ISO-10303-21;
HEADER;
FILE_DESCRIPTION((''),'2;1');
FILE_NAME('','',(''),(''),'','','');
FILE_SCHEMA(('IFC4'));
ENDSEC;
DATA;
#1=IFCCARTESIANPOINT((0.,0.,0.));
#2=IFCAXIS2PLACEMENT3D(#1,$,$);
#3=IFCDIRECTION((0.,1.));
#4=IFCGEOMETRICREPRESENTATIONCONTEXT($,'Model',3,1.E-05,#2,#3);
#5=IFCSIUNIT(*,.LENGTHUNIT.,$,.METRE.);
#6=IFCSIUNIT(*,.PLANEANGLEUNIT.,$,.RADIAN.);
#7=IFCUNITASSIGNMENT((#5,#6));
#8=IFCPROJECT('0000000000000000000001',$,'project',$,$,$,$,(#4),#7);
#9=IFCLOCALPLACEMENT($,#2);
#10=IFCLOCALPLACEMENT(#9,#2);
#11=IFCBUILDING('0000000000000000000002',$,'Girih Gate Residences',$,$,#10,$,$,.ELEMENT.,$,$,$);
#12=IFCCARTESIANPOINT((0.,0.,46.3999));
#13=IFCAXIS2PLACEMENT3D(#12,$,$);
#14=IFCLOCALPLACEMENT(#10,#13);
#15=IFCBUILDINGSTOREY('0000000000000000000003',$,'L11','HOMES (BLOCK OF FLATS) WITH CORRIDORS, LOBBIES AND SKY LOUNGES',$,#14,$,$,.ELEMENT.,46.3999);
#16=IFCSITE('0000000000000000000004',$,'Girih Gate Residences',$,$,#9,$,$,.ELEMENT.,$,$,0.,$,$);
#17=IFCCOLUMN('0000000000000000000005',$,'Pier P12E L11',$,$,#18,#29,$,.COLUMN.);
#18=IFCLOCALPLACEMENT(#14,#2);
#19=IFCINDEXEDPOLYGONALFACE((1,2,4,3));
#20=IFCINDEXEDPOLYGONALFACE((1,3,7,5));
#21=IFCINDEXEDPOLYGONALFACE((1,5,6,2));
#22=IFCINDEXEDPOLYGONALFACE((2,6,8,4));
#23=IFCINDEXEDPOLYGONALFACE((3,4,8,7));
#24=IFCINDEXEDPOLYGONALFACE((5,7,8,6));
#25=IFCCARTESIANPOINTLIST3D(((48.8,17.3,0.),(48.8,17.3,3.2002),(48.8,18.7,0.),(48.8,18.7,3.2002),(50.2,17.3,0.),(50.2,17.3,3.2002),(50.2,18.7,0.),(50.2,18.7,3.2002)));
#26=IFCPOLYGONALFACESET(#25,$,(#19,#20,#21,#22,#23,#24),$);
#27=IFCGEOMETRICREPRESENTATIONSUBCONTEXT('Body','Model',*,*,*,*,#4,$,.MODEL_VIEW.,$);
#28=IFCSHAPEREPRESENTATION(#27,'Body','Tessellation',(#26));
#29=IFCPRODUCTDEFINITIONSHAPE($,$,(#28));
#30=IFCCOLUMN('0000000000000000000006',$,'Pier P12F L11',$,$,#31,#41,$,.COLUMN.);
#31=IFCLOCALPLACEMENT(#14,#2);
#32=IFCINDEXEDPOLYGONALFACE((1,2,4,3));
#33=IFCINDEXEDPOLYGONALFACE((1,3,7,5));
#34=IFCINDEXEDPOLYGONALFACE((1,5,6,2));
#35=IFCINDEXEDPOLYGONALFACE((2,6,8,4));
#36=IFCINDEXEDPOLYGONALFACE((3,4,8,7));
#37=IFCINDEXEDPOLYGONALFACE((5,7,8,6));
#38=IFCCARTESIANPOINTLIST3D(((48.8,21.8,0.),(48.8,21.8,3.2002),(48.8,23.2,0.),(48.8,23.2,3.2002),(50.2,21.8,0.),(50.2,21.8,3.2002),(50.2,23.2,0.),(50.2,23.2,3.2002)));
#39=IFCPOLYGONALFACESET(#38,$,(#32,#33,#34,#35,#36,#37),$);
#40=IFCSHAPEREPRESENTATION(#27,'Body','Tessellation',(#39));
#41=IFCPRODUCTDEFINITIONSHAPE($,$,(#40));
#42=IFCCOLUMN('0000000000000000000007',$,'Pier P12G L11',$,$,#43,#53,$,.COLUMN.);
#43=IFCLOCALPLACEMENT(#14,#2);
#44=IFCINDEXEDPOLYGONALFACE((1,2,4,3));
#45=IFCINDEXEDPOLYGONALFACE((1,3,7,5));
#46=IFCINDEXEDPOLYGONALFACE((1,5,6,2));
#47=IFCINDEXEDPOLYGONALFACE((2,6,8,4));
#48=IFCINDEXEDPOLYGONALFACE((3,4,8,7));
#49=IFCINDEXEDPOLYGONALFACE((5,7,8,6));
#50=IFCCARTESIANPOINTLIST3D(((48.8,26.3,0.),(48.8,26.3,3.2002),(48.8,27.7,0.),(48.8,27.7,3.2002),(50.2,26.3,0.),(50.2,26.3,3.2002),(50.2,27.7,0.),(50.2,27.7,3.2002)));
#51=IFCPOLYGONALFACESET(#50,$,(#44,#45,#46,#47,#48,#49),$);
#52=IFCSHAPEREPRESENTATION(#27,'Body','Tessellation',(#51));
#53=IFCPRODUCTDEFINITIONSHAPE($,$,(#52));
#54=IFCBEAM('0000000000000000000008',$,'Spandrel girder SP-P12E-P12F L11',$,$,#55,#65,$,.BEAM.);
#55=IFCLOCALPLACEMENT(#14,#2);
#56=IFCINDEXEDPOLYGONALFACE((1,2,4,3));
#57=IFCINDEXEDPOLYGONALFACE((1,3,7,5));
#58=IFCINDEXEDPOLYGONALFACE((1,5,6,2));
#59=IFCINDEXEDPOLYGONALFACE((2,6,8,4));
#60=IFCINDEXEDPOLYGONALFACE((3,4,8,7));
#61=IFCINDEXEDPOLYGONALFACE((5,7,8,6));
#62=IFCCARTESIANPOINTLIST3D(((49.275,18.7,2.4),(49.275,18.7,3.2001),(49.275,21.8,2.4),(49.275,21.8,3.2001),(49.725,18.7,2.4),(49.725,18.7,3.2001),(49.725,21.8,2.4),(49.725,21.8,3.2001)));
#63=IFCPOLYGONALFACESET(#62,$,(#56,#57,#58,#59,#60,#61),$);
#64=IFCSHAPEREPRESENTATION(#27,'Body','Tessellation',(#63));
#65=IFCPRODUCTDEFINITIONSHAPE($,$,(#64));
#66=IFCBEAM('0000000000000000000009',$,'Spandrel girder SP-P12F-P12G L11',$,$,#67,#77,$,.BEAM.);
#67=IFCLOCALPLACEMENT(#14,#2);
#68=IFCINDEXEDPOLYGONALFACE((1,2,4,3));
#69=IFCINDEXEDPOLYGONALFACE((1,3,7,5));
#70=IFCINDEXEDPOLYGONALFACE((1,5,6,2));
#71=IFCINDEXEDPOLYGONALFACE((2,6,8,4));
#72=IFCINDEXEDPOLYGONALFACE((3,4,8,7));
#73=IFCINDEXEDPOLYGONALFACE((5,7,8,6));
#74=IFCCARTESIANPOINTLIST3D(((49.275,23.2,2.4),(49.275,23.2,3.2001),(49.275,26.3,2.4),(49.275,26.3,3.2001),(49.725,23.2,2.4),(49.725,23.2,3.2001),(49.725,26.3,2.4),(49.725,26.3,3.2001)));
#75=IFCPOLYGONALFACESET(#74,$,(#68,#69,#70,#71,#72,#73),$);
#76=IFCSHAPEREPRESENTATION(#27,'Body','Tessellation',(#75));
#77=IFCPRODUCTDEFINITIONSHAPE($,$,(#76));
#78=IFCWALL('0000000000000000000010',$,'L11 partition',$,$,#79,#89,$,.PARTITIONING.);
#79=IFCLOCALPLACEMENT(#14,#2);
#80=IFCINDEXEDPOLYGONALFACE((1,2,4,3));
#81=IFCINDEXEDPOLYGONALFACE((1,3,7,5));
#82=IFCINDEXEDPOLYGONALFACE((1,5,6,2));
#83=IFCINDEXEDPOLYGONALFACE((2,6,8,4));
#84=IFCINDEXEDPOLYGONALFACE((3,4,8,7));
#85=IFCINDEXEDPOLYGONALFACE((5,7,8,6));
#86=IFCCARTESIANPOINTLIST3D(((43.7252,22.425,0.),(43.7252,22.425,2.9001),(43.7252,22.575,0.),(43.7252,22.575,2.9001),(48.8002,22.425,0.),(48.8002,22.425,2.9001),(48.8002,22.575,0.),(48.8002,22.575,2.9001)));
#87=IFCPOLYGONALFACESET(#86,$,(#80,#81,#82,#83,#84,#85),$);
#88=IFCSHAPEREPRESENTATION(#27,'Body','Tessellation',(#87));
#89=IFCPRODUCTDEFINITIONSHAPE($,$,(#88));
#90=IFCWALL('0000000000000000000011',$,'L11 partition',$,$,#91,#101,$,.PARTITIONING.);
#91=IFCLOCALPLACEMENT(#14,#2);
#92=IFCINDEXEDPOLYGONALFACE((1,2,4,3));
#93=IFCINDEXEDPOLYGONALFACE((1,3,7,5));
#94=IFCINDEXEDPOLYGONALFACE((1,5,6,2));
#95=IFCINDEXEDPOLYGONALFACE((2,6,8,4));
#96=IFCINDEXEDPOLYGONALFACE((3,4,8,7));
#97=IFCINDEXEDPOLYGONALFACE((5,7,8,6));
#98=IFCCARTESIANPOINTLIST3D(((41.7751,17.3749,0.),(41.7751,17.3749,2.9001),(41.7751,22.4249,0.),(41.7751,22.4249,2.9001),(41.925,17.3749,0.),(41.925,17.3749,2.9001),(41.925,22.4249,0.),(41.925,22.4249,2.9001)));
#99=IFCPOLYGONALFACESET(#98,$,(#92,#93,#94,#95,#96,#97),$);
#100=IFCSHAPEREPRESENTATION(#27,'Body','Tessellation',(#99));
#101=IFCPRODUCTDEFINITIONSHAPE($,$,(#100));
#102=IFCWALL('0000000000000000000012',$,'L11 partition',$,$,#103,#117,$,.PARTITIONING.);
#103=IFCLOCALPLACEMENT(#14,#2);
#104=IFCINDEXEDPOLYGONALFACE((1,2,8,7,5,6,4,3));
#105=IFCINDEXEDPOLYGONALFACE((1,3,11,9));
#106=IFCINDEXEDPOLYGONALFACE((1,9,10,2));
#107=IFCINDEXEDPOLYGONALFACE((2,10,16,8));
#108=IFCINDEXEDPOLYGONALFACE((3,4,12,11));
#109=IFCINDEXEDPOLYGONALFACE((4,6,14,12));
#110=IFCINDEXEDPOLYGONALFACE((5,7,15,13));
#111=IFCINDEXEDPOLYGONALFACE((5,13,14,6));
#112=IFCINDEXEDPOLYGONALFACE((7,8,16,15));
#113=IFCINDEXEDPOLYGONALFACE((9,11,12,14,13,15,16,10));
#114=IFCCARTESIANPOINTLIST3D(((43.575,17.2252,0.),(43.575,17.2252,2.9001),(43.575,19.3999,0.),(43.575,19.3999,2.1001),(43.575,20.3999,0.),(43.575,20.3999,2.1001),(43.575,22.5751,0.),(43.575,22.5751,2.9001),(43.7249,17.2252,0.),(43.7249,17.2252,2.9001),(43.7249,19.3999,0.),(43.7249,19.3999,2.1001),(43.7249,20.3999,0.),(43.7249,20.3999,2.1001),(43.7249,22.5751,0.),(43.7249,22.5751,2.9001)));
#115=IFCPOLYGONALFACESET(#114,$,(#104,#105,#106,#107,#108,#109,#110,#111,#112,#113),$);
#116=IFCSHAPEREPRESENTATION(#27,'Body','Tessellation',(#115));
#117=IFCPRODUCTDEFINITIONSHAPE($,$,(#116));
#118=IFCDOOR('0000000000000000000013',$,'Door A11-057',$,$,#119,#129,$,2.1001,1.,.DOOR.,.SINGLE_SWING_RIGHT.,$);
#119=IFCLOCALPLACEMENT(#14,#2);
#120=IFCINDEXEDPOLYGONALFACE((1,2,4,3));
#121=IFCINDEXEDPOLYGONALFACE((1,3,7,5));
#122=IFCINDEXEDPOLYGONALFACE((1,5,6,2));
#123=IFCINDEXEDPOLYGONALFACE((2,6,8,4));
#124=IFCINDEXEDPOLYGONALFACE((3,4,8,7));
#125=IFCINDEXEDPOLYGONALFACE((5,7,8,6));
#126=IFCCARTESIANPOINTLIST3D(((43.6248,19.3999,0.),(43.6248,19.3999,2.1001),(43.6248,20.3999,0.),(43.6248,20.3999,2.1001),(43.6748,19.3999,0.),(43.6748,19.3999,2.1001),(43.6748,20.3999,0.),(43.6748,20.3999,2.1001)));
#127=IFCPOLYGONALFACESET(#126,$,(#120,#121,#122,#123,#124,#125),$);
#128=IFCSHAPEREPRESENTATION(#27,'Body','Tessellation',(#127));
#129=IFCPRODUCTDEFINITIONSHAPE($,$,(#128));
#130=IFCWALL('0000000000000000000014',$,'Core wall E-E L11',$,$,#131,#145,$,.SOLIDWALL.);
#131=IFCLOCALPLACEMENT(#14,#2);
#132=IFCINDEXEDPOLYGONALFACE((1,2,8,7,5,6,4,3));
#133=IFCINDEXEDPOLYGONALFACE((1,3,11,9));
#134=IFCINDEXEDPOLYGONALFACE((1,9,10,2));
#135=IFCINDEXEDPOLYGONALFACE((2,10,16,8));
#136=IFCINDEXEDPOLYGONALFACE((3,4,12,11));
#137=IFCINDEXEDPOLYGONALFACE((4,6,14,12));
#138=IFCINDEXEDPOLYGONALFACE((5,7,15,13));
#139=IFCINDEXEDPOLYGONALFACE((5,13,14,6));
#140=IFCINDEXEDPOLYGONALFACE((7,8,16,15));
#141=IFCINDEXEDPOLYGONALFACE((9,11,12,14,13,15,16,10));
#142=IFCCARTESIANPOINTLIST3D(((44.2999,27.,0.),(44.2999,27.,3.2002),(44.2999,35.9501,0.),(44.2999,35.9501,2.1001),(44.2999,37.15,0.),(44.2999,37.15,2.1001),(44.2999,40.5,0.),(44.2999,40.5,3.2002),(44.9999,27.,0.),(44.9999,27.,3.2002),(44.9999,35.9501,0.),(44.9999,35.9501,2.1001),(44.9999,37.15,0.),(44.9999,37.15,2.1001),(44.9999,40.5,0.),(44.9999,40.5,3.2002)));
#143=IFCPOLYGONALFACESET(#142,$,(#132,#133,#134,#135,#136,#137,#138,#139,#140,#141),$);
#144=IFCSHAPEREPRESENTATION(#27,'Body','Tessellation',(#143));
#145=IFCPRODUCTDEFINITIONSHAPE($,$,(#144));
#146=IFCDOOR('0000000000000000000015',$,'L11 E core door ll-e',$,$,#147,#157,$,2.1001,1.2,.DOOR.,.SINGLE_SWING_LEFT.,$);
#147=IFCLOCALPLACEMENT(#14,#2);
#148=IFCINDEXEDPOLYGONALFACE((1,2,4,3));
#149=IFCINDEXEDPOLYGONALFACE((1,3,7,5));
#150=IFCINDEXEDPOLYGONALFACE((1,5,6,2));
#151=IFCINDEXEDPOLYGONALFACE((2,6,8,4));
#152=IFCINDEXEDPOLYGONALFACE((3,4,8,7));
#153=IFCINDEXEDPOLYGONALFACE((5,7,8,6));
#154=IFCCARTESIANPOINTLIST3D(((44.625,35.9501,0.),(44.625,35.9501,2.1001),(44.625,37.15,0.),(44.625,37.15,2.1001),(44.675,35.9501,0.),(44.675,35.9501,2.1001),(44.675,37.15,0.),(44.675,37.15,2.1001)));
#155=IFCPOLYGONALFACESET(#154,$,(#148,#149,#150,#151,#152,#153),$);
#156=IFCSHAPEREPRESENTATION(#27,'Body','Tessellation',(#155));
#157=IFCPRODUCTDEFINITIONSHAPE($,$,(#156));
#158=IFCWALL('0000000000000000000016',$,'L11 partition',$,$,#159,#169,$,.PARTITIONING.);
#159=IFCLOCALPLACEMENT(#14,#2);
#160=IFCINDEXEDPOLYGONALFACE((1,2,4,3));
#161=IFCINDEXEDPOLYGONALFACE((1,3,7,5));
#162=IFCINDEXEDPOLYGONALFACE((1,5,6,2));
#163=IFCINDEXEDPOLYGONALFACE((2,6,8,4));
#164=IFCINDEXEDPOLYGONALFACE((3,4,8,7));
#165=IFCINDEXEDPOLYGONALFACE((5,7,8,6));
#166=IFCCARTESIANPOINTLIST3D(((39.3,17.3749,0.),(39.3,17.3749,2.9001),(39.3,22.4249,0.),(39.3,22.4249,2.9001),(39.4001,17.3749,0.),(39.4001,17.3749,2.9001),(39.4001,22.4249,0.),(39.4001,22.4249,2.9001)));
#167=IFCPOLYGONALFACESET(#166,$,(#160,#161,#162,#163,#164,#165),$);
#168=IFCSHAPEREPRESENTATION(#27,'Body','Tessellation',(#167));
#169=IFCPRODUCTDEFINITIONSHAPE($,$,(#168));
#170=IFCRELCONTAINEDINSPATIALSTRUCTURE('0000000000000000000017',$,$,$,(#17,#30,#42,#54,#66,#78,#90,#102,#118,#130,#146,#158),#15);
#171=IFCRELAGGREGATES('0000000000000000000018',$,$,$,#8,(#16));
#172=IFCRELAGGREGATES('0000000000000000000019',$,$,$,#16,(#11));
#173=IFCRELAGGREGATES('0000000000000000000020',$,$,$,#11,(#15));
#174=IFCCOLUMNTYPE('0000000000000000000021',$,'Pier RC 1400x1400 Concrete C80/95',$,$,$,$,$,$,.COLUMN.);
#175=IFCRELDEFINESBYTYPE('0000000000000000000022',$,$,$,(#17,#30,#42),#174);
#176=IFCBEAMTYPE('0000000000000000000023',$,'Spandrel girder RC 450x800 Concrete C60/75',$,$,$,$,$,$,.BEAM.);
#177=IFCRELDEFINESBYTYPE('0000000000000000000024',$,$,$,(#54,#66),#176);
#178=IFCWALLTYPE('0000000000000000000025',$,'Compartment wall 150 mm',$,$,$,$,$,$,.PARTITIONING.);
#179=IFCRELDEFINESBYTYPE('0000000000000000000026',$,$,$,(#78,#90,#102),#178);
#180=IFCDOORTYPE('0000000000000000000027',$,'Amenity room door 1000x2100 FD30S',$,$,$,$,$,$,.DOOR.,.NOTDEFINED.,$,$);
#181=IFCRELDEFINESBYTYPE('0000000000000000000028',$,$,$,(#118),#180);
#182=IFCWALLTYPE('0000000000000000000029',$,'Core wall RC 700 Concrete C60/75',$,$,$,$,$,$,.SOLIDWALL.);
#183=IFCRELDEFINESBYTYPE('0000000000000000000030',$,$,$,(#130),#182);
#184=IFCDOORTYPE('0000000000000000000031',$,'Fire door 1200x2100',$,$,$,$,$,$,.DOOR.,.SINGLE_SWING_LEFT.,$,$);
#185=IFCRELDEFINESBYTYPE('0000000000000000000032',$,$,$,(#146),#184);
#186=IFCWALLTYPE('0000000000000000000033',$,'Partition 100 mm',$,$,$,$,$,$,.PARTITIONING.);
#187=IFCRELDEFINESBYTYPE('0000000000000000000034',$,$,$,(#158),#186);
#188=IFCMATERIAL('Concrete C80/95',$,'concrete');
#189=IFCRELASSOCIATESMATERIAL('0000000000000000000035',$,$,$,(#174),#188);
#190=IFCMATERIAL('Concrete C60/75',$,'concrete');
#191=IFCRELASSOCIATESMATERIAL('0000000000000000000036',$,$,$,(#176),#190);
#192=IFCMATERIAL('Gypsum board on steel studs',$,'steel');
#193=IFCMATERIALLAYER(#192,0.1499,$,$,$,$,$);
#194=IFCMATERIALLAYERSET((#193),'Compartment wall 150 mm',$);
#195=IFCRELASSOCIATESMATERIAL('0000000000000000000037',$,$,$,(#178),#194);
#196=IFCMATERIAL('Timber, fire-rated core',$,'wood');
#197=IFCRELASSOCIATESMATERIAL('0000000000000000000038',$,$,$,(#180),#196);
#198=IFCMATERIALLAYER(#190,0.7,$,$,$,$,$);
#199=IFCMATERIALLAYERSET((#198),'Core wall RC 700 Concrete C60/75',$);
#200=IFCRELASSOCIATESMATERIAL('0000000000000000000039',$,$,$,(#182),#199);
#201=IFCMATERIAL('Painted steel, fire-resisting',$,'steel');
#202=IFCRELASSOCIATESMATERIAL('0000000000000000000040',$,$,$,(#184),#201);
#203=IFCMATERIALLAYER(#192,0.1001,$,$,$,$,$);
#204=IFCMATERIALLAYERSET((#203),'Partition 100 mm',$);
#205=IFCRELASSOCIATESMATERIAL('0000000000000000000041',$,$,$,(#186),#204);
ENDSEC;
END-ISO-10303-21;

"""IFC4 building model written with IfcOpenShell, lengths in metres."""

from ifc_helpers import new_model, si_unit, direction, frame, frame_2d, origin, origin_2d, place, context, subcontext, project, spatial, rectangle, extrude, material, layer, layer_set, material_profile, profile_set, type_object, element, fill, save


model = new_model("IFC4")

# Units and contexts
model_context = context("Model", 3, precision=1e-05, world=origin(), true_north=direction((0.0, 1.0)))
body_context = subcontext(model_context, "Body", "Model", "MODEL_VIEW")
ifc_project = project(units=[si_unit("LENGTHUNIT", "METRE"), si_unit("PLANEANGLEUNIT", "RADIAN")], contexts=[model_context])

# Site, building, storey
site_placement = place(None, origin())
site = spatial("IfcSite", under=ifc_project, at=site_placement, Name="Girih Gate Residences", CompositionType="ELEMENT", RefElevation=0.0)
building_placement = place(site_placement, origin())
building = spatial("IfcBuilding", under=site, at=building_placement, Name="Girih Gate Residences", CompositionType="ELEMENT")
storey_placement = place(building_placement, frame((0.0, 0.0, 46.3999)))
storey = spatial("IfcBuildingStorey", under=building, at=storey_placement, Name="L11", Description="HOMES (BLOCK OF FLATS) WITH CORRIDORS, LOBBIES AND SKY LOUNGES", CompositionType="ELEMENT", Elevation=46.3999)

# Columns
ifc_material_1 = material(Name="Concrete C80/95", Category="concrete")
ifc_material_profile_1 = material_profile(ifc_material_1, rectangle(XDim=1.3999, YDim=1.3999, at=origin_2d()))
ifc_profile_set_1 = profile_set([ifc_material_profile_1], Name="Concrete C80/95")
column_type = type_object("IfcColumnType", Name="Pier RC 1400x1400 Concrete C80/95", PredefinedType="COLUMN", material=ifc_profile_set_1)
for number, where, z_axis, x_axis, name in (
    (1, (49.5, 18.0, 0.0), (0.0, 0.0, 1.0), (1.0, 0.0, 0.0), "Pier P12E L11"),
    (2, (49.5, 22.5, 0.0), (0.0, 0.0, 1.0), (1.0, 0.0, 0.0), "Pier P12F L11"),
    (3, (49.5, 27.0, 0.0), (0.0, 0.0, 1.0), (1.0, 0.0, 0.0), "Pier P12G L11"),
):
    element("IfcColumn", number, at=place(storey_placement, frame(where, z_axis=z_axis, x_axis=x_axis)), inside=storey, type_object=column_type, Name=name, PredefinedType="COLUMN", context=body_context, shape_type="SweptSolid", body=[
        extrude(rectangle(XDim=1.3999, YDim=1.3999, at=origin_2d()), origin(), (0.0, 0.0, 1.0), 3.2002),
    ])

# Beams
ifc_material_2 = material(Name="Concrete C60/75", Category="concrete")
ifc_material_profile_2 = material_profile(ifc_material_2, rectangle(XDim=0.45, YDim=0.8, at=origin_2d()))
ifc_profile_set_2 = profile_set([ifc_material_profile_2], Name="Concrete C60/75")
beam_type = type_object("IfcBeamType", Name="Spandrel girder RC 450x800 Concrete C60/75", PredefinedType="BEAM", material=ifc_profile_set_2)
for number, where, z_axis, x_axis, name in (
    (4, (49.5, 18.7, 2.8), (0.0, 1.0, 0.0), (-1.0, 0.0, 0.0), "Spandrel girder SP-P12E-P12F L11"),
    (5, (49.5, 23.2, 2.8), (0.0, 1.0, 0.0), (-1.0, 0.0, 0.0), "Spandrel girder SP-P12F-P12G L11"),
):
    element("IfcBeam", number, at=place(storey_placement, frame(where, z_axis=z_axis, x_axis=x_axis)), inside=storey, type_object=beam_type, Name=name, PredefinedType="BEAM", context=body_context, shape_type="SweptSolid", body=[
        extrude(rectangle(XDim=0.45, YDim=0.8, at=origin_2d()), origin(), (0.0, 0.0, 1.0), 3.1001),
    ])

# Walls
ifc_material_3 = material(Name="Gypsum board on steel studs", Category="steel")
ifc_layer_1 = layer(ifc_material_3, 0.1499)
ifc_layer_set_1 = layer_set([ifc_layer_1], Name="Compartment wall 150 mm")
wall_type_1 = type_object("IfcWallType", Name="Compartment wall 150 mm", PredefinedType="PARTITIONING", material=ifc_layer_set_1)
wall_1_placement = place(storey_placement, frame((43.7251, 22.5, 0.0), z_axis=(0.0, 0.0, 1.0), x_axis=(1.0, 0.0, 0.0)))
element("IfcWall", 6, at=wall_1_placement, inside=storey, type_object=wall_type_1, Name="L11 partition", PredefinedType="PARTITIONING", context=body_context, shape_type="SweptSolid", body=[
    extrude(rectangle(XDim=5.075, YDim=0.1499, at=frame_2d((2.5376, 0.0))), origin(), (0.0, 0.0, 1.0), 2.9001),
])
wall_2_placement = place(storey_placement, frame((41.8501, 17.375, 0.0), z_axis=(0.0, 0.0, 1.0), x_axis=(0.0, 1.0, 0.0)))
element("IfcWall", 7, at=wall_2_placement, inside=storey, type_object=wall_type_1, Name="L11 partition", PredefinedType="PARTITIONING", context=body_context, shape_type="SweptSolid", body=[
    extrude(rectangle(XDim=5.05, YDim=0.1499, at=frame_2d((2.5249, 0.0))), origin(), (0.0, 0.0, 1.0), 2.9001),
])

# Walls, openings, doors
wall_3_placement = place(storey_placement, frame((43.6499, 22.575, 0.0), z_axis=(0.0, 0.0, 1.0), x_axis=(0.0, -1.0, 0.0)))
wall_3 = element("IfcWall", 8, at=wall_3_placement, inside=storey, type_object=wall_type_1, Name="L11 partition", PredefinedType="PARTITIONING", context=body_context, shape_type="SweptSolid", body=[
    extrude(rectangle(XDim=5.3499, YDim=0.1499, at=frame_2d((2.6748, 0.0))), origin(), (0.0, 0.0, 1.0), 2.9001),
])
opening_1_placement = place(wall_3_placement, frame((2.175, 0.0, 0.0)))
opening_1 = element("IfcOpeningElement", 9, at=opening_1_placement, cuts=wall_3, PredefinedType="OPENING", context=body_context, shape_type="SweptSolid", body=[
    extrude(rectangle(XDim=1.0, YDim=2.1001, at=frame_2d((0.5, 1.05))), frame((0.0, 0.085, 0.0), z_axis=(0.0, -1.0, 0.0), x_axis=(1.0, 0.0, 0.0)), (0.0, 0.0, 1.0), 0.1699),
])
ifc_material_4 = material(Name="Timber, fire-rated core", Category="wood")
door_type_1 = type_object("IfcDoorType", Name="Amenity room door 1000x2100 FD30S", OperationType="NOTDEFINED", PredefinedType="DOOR", material=ifc_material_4)
door_1_placement = place(opening_1_placement, origin())
door_1 = element("IfcDoor", 10, at=door_1_placement, inside=storey, type_object=door_type_1, Name="Door A11-057", OperationType="SINGLE_SWING_RIGHT", OverallHeight=2.1001, OverallWidth=1.0, PredefinedType="DOOR", context=body_context, shape_type="SweptSolid", body=[
    extrude(rectangle(XDim=1.0, YDim=2.1001, at=frame_2d((0.5, 1.05))), frame((0.0, 0.0249, 0.0), z_axis=(0.0, -1.0, 0.0), x_axis=(1.0, 0.0, 0.0)), (0.0, 0.0, 1.0), 0.05),
])
fill(opening_1, door_1)
ifc_layer_2 = layer(ifc_material_2, 0.7)
ifc_layer_set_2 = layer_set([ifc_layer_2], Name="Core wall RC 700 Concrete C60/75")
wall_type_2 = type_object("IfcWallType", Name="Core wall RC 700 Concrete C60/75", PredefinedType="SOLIDWALL", material=ifc_layer_set_2)
wall_4_placement = place(storey_placement, frame((44.6499, 27.0, 0.0), z_axis=(0.0, 0.0, 1.0), x_axis=(0.0, 1.0, 0.0)))
wall_4 = element("IfcWall", 11, at=wall_4_placement, inside=storey, type_object=wall_type_2, Name="Core wall E-E L11", PredefinedType="SOLIDWALL", context=body_context, shape_type="SweptSolid", body=[
    extrude(rectangle(XDim=13.5, YDim=0.7, at=frame_2d((6.75, 0.0))), origin(), (0.0, 0.0, 1.0), 3.2002),
])
opening_2_placement = place(wall_4_placement, frame((8.95, 0.0, 0.0)))
opening_2 = element("IfcOpeningElement", 12, at=opening_2_placement, cuts=wall_4, PredefinedType="OPENING", context=body_context, shape_type="SweptSolid", body=[
    extrude(rectangle(XDim=1.2, YDim=2.1001, at=frame_2d((0.6001, 1.05))), frame((0.0, 0.3599, 0.0), z_axis=(0.0, -1.0, 0.0), x_axis=(1.0, 0.0, 0.0)), (0.0, 0.0, 1.0), 0.72),
])
ifc_material_5 = material(Name="Painted steel, fire-resisting", Category="steel")
door_type_2 = type_object("IfcDoorType", Name="Fire door 1200x2100", OperationType="SINGLE_SWING_LEFT", PredefinedType="DOOR", material=ifc_material_5)
door_2_placement = place(opening_2_placement, origin())
door_2 = element("IfcDoor", 13, at=door_2_placement, inside=storey, type_object=door_type_2, Name="L11 E core door ll-e", OperationType="SINGLE_SWING_LEFT", OverallHeight=2.1001, OverallWidth=1.2, PredefinedType="DOOR", context=body_context, shape_type="SweptSolid", body=[
    extrude(rectangle(XDim=1.2, YDim=2.1001, at=frame_2d((0.6001, 1.05))), frame((0.0, 0.0249, 0.0), z_axis=(0.0, -1.0, 0.0), x_axis=(1.0, 0.0, 0.0)), (0.0, 0.0, 1.0), 0.05),
])
fill(opening_2, door_2)

# Wall
ifc_layer_3 = layer(ifc_material_3, 0.1001)
ifc_layer_set_3 = layer_set([ifc_layer_3], Name="Partition 100 mm")
wall_type_3 = type_object("IfcWallType", Name="Partition 100 mm", PredefinedType="PARTITIONING", material=ifc_layer_set_3)
wall_5_placement = place(storey_placement, frame((39.3501, 17.375, 0.0), z_axis=(0.0, 0.0, 1.0), x_axis=(0.0, 1.0, 0.0)))
element("IfcWall", 14, at=wall_5_placement, inside=storey, type_object=wall_type_3, Name="L11 partition", PredefinedType="PARTITIONING", context=body_context, shape_type="SweptSolid", body=[
    extrude(rectangle(XDim=5.05, YDim=0.1001, at=frame_2d((2.5249, 0.0))), origin(), (0.0, 0.0, 1.0), 2.9001),
])

save(model, "model.ifc")
